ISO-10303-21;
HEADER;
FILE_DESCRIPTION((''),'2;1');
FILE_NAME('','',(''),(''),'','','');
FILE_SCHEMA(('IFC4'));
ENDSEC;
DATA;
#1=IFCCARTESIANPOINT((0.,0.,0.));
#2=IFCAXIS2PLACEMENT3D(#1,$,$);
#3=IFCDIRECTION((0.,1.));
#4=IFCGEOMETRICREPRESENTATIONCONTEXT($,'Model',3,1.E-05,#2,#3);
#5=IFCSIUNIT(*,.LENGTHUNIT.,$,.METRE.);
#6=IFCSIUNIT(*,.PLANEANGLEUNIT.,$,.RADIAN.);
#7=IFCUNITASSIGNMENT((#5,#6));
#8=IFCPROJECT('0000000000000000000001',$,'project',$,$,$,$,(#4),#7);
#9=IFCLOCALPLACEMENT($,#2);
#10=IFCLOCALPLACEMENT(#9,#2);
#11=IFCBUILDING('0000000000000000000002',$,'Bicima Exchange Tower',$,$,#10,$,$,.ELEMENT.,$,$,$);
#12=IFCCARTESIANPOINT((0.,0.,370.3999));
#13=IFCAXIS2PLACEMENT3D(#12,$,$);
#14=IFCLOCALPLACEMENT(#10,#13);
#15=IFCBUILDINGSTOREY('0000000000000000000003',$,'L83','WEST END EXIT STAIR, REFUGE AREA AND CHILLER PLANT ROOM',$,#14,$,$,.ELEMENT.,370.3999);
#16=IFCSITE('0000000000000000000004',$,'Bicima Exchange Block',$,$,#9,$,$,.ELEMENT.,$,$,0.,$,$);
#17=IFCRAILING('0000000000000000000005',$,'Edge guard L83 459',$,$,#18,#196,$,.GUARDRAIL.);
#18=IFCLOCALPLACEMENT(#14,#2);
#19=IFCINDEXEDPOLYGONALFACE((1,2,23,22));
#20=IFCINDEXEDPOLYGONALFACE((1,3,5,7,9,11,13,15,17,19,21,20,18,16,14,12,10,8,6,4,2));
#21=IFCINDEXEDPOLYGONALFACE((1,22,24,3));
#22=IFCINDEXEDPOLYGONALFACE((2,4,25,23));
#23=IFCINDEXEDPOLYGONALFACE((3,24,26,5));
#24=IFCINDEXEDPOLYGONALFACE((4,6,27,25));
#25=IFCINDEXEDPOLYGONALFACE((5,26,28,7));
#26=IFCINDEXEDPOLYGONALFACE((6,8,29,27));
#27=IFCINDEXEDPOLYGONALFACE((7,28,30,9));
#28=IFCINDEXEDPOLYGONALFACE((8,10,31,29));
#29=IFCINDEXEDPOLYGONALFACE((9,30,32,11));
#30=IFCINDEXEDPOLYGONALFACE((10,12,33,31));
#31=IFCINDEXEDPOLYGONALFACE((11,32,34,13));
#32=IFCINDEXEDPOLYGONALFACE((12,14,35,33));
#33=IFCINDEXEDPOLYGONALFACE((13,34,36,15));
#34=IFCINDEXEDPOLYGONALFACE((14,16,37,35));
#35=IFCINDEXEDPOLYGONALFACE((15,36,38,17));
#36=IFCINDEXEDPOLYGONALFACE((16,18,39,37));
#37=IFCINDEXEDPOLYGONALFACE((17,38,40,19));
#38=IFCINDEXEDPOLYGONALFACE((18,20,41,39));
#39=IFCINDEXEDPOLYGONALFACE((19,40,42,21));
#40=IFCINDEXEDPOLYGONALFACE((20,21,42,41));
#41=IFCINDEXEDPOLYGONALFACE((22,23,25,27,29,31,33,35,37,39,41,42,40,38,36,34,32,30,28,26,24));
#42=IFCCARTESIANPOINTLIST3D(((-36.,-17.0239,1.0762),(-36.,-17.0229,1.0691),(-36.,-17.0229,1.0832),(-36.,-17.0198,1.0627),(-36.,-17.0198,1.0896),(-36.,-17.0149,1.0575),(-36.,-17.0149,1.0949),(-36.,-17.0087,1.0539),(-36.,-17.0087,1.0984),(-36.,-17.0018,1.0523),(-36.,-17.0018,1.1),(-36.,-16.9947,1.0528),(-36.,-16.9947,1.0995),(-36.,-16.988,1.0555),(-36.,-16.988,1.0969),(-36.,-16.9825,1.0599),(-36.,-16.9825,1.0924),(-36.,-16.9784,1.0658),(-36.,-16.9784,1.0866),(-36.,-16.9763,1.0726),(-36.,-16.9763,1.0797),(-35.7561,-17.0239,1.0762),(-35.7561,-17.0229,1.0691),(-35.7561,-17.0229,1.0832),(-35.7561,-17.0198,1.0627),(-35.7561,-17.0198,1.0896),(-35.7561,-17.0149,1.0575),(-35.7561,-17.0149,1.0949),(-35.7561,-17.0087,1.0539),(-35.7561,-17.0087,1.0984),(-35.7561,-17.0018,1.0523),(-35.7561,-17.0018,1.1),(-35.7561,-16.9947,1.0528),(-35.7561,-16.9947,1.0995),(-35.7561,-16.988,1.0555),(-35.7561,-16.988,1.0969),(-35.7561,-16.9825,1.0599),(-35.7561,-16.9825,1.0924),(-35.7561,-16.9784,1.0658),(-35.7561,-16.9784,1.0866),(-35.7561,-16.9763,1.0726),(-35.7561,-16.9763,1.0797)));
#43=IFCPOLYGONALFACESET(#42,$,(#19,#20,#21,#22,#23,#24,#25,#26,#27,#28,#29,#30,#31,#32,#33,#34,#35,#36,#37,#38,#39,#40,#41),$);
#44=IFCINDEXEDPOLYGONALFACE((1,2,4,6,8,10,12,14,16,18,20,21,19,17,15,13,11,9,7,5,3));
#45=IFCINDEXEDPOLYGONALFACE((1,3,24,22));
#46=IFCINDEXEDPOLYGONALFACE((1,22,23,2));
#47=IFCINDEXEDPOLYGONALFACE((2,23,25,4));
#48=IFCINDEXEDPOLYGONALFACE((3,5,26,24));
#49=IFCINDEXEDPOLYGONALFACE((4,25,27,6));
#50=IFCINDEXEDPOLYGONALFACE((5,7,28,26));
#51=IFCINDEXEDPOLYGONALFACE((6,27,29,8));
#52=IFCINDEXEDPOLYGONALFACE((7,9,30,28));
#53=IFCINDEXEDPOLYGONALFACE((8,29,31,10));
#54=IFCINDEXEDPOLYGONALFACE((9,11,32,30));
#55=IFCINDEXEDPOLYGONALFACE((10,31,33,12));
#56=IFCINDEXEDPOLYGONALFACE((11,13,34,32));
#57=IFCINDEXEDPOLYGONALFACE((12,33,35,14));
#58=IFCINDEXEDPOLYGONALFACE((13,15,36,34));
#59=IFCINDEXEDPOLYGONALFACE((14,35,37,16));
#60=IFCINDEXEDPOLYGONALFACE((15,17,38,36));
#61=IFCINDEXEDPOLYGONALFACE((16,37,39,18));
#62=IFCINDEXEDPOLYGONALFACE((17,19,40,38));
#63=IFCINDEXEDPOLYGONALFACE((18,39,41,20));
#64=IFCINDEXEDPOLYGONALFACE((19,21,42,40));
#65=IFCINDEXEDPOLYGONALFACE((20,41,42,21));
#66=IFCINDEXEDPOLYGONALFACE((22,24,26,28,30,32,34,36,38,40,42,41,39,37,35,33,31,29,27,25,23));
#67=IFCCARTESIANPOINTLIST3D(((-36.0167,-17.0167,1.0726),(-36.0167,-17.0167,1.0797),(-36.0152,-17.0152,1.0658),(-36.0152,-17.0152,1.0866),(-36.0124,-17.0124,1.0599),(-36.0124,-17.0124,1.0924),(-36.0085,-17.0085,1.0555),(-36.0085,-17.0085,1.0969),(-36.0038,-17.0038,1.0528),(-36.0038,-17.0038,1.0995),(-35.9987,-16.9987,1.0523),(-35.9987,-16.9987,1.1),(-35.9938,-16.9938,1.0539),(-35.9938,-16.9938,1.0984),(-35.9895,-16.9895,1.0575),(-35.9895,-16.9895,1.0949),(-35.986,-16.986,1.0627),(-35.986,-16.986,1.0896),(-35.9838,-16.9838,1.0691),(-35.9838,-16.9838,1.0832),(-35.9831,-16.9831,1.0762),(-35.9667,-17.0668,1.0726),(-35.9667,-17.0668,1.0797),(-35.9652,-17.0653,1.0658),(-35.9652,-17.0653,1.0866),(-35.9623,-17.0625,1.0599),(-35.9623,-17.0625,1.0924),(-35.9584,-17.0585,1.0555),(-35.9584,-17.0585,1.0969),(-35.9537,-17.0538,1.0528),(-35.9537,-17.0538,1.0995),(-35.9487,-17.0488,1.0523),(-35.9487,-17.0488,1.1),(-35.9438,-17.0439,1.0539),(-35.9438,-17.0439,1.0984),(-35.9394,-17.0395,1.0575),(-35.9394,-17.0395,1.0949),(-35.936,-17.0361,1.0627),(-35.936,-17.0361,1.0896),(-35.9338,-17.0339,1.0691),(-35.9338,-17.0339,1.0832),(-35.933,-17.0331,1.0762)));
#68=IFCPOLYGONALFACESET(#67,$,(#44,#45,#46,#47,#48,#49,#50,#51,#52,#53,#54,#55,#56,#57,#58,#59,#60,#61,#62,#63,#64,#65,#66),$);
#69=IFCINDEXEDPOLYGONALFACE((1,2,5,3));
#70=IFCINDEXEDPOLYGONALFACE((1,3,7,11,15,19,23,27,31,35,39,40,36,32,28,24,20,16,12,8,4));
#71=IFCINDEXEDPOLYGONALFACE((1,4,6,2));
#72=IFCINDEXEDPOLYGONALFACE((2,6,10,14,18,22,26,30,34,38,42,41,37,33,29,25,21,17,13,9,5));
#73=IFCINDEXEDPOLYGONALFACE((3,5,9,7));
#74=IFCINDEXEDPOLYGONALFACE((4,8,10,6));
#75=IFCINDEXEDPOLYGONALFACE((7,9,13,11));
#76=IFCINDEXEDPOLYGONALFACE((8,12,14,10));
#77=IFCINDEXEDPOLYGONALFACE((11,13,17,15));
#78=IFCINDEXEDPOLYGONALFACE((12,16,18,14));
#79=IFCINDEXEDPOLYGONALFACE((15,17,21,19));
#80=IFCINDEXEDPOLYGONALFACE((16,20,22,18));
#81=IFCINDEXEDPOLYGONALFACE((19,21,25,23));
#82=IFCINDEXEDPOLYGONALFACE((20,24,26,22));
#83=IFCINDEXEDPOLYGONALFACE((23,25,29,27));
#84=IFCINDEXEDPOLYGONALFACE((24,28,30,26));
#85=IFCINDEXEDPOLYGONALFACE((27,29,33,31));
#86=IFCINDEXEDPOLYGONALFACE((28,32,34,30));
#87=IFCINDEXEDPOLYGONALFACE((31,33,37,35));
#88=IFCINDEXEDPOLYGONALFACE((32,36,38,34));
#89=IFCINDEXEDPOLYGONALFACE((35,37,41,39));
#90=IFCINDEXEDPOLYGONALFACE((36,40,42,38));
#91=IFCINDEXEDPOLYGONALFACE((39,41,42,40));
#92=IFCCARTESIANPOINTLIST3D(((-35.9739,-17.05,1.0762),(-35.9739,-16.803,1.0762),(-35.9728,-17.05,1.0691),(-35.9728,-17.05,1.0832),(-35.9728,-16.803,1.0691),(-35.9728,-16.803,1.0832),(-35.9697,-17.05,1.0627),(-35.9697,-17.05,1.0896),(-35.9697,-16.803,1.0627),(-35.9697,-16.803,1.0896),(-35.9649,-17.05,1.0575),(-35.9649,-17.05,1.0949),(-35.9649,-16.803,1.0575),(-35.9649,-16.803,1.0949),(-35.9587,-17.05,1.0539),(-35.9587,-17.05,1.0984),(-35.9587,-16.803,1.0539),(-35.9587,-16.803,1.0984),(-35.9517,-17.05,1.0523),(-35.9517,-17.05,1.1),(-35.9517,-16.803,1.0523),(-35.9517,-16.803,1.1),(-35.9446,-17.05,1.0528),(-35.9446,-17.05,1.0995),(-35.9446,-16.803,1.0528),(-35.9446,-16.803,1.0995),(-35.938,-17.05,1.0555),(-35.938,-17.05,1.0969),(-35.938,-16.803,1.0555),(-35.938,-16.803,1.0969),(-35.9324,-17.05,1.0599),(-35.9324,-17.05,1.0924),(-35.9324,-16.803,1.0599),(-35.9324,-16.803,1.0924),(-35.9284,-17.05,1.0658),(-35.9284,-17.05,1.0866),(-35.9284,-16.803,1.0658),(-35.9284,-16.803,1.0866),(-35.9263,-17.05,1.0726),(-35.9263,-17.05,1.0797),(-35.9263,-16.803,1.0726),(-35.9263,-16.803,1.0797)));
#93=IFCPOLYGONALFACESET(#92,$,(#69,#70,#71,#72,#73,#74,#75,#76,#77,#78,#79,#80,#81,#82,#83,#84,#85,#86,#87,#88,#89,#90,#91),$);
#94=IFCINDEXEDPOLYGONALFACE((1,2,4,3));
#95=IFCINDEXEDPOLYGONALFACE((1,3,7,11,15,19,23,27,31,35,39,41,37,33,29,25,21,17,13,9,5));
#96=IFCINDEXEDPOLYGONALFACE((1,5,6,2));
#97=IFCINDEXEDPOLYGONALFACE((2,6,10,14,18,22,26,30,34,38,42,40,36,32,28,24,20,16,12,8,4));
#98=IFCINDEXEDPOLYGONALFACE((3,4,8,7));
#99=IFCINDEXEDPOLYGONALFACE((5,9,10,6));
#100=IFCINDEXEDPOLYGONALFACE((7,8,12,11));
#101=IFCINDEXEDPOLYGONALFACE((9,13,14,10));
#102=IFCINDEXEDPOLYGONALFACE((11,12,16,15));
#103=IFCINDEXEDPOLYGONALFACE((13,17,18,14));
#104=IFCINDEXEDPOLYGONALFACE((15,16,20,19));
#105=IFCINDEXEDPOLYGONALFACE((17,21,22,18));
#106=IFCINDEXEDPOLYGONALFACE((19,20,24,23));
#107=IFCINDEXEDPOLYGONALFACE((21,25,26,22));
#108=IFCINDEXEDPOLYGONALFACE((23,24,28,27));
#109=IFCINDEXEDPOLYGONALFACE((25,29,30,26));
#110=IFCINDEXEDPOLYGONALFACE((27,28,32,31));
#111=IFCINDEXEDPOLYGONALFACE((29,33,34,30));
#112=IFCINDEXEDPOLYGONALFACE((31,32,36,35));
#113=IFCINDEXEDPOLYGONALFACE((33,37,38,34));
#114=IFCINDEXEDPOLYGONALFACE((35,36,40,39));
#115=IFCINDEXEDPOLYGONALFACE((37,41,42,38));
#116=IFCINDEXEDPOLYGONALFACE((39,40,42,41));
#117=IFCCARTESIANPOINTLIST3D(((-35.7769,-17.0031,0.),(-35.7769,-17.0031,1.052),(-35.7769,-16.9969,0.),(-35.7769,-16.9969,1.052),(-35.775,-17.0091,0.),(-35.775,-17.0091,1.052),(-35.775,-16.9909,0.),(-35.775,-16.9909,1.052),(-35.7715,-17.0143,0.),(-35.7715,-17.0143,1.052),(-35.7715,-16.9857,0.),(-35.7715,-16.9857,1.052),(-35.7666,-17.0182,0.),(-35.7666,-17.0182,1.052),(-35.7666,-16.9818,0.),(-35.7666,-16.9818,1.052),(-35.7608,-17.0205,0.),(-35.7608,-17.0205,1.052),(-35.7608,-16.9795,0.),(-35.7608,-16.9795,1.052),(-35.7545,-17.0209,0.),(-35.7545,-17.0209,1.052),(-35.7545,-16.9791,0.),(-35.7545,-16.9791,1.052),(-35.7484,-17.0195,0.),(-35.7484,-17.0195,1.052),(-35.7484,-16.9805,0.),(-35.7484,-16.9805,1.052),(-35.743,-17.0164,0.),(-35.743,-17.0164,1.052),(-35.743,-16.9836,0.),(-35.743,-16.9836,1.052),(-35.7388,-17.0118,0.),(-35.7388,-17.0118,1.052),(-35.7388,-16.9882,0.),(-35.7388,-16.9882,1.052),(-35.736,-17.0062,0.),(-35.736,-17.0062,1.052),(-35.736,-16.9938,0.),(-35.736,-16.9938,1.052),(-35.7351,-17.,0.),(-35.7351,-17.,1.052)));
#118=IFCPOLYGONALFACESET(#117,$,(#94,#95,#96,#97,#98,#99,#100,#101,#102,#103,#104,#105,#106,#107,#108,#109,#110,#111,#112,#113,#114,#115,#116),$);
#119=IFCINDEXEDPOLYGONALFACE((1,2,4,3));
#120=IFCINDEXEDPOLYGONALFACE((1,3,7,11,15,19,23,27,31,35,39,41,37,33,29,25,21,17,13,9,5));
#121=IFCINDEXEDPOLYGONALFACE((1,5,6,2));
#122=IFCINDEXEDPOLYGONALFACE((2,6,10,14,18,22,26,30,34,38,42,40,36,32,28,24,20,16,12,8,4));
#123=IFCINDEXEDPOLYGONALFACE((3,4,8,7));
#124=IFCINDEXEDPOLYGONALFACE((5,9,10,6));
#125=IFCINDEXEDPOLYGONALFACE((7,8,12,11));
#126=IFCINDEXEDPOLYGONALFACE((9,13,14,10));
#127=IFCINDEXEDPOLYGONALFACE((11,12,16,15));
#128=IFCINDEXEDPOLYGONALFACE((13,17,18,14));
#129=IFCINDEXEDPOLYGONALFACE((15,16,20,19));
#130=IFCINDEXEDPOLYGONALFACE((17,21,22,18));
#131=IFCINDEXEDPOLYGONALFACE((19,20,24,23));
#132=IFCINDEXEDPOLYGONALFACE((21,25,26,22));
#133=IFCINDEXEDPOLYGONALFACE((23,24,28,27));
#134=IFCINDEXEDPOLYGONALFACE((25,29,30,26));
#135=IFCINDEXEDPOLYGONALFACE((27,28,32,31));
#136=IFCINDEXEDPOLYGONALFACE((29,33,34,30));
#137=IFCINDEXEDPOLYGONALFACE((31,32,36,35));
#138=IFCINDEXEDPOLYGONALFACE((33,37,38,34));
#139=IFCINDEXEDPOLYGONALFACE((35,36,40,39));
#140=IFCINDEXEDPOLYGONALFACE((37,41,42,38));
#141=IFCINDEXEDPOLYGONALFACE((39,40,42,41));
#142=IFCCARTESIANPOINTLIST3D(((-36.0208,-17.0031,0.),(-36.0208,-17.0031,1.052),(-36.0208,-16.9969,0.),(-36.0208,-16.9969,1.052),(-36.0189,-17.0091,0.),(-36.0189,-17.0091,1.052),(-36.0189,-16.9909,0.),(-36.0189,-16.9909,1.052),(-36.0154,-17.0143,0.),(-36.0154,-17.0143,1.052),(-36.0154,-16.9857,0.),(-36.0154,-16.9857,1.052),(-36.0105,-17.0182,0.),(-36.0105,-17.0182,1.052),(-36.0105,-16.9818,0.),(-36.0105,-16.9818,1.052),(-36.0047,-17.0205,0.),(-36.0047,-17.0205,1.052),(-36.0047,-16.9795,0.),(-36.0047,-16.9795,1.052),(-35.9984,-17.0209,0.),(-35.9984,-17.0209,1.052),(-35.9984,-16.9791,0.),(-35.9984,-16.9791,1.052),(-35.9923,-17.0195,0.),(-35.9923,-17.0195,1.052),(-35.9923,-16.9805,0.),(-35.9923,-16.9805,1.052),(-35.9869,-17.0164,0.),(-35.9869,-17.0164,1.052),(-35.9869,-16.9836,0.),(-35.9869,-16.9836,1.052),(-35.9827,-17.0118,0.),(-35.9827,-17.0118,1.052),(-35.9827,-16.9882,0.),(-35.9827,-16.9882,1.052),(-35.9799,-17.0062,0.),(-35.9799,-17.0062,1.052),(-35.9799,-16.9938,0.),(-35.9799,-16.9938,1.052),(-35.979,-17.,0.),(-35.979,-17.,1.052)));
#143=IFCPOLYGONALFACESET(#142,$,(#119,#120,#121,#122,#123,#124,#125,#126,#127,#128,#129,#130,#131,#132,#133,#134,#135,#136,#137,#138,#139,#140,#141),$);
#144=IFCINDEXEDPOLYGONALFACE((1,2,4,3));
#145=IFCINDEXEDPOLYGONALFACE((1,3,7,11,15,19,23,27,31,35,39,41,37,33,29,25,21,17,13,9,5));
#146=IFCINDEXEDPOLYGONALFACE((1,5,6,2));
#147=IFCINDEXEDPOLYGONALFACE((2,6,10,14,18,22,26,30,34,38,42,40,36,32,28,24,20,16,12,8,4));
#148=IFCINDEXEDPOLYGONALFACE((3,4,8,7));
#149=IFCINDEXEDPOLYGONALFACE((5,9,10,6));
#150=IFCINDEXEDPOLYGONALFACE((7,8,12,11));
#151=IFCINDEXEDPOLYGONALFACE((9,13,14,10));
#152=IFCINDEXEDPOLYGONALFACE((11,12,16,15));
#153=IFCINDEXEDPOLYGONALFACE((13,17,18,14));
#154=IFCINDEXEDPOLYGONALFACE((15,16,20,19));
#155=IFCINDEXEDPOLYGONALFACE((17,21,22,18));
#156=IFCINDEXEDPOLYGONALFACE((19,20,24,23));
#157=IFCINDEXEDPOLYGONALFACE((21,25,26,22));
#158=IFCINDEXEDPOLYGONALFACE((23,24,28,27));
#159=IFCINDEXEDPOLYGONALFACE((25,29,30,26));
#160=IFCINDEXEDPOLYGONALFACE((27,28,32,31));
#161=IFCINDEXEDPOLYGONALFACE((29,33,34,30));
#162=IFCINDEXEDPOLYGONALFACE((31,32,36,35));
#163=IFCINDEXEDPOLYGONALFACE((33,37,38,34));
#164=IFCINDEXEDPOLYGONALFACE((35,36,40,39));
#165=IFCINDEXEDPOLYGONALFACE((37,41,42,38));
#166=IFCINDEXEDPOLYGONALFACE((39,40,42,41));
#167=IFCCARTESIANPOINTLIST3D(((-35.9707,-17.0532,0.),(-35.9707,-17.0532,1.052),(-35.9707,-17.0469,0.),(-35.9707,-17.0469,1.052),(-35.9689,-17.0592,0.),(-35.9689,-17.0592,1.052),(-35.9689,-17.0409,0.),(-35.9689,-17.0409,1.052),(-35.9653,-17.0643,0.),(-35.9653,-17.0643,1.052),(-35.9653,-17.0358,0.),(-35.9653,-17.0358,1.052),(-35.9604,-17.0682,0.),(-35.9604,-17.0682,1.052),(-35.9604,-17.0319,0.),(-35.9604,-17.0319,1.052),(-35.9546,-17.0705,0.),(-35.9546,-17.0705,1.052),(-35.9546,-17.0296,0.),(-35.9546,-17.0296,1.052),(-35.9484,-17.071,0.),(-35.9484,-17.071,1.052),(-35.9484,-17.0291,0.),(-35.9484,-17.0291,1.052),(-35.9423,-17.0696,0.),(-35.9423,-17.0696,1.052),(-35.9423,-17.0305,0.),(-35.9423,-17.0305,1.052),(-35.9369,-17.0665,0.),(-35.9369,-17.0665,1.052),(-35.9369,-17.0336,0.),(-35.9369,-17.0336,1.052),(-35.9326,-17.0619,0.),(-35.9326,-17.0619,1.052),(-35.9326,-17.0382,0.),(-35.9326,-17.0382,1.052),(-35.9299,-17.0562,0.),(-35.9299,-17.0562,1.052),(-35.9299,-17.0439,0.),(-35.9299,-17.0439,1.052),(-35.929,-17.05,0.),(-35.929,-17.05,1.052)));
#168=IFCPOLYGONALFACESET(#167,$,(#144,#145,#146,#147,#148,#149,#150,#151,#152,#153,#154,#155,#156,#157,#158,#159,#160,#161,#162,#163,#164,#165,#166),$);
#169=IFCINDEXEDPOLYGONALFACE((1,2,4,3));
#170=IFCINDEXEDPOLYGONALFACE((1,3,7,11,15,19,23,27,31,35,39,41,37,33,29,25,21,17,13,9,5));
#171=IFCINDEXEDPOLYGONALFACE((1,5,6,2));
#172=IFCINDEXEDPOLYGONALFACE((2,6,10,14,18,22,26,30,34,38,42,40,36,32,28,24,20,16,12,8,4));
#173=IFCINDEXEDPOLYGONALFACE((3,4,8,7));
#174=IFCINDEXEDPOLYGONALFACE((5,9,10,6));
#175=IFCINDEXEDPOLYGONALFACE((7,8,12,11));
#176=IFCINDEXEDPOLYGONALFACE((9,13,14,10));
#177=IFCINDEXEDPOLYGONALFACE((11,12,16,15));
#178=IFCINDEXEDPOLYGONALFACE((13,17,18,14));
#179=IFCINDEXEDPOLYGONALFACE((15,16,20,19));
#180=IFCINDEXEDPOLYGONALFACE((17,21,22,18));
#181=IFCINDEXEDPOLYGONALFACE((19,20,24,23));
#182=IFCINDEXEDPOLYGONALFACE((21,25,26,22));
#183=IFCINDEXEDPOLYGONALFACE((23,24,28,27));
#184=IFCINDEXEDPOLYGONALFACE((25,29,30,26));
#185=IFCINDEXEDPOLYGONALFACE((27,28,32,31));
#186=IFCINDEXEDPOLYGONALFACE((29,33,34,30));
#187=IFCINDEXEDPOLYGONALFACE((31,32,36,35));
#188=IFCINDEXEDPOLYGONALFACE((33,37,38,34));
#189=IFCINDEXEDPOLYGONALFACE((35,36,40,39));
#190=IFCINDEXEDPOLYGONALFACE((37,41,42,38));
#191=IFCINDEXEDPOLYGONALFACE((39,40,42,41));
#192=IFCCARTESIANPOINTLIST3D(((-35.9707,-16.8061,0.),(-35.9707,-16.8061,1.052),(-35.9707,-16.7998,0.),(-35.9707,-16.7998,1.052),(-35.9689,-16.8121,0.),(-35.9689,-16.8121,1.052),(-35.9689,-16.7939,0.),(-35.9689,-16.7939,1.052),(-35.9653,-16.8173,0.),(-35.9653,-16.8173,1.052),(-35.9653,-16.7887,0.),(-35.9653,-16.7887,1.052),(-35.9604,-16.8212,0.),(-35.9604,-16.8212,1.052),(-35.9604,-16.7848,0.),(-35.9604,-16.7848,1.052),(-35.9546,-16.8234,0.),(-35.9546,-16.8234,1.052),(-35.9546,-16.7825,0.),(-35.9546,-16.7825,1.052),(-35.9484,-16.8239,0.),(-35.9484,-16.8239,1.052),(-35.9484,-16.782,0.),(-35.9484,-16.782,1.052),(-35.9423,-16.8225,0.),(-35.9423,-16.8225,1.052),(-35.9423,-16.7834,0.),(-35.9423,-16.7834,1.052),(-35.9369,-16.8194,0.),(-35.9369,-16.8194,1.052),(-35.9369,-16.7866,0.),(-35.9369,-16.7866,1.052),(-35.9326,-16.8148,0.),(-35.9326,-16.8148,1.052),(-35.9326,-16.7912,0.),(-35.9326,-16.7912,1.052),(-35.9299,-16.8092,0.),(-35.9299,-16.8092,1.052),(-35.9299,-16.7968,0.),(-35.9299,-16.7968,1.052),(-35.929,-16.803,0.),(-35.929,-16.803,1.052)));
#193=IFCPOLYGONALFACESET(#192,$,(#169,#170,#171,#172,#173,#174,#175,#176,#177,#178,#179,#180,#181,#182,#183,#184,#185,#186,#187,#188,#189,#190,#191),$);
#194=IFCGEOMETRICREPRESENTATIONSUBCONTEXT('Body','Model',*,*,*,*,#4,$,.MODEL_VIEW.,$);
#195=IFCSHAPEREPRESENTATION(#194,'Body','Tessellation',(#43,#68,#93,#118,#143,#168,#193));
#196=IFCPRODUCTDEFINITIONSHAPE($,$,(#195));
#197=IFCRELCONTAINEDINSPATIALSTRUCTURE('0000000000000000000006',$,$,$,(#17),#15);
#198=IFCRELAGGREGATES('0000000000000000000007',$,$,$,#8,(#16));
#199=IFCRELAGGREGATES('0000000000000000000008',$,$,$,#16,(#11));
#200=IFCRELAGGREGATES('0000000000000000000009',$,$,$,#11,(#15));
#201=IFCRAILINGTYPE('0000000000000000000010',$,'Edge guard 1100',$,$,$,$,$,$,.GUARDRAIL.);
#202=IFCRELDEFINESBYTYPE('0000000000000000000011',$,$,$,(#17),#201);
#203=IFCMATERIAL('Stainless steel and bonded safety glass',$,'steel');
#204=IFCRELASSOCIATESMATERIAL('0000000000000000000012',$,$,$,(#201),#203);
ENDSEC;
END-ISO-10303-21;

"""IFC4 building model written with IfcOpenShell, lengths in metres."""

from ifc_helpers import new_model, si_unit, direction, frame, origin, origin_2d, place, context, subcontext, project, spatial, circle, extrude, material, type_object, element, save


model = new_model("IFC4")

# Units and contexts
model_context = context("Model", 3, precision=1e-05, world=origin(), true_north=direction((0.0, 1.0)))
body_context = subcontext(model_context, "Body", "Model", "MODEL_VIEW")
ifc_project = project(units=[si_unit("LENGTHUNIT", "METRE"), si_unit("PLANEANGLEUNIT", "RADIAN")], contexts=[model_context])

# Site, building, storey
site_placement = place(None, origin())
site = spatial("IfcSite", under=ifc_project, at=site_placement, Name="Bicima Exchange Block", CompositionType="ELEMENT", RefElevation=0.0)
building_placement = place(site_placement, origin())
building = spatial("IfcBuilding", under=site, at=building_placement, Name="Bicima Exchange Tower", CompositionType="ELEMENT")
storey_placement = place(building_placement, frame((0.0, 0.0, 370.3999)))
storey = spatial("IfcBuildingStorey", under=building, at=storey_placement, Name="L83", Description="WEST END EXIT STAIR, REFUGE AREA AND CHILLER PLANT ROOM", CompositionType="ELEMENT", Elevation=370.3999)

# Railing
ifc_material_1 = material(Name="Stainless steel and bonded safety glass", Category="steel")
railing_type = type_object("IfcRailingType", Name="Edge guard 1100", PredefinedType="GUARDRAIL", material=ifc_material_1)
railing_1_placement = place(storey_placement, frame((-35.7561, -17.0, 0.0)))
element("IfcRailing", 1, at=railing_1_placement, inside=storey, type_object=railing_type, Name="Edge guard L83 459", PredefinedType="GUARDRAIL", context=body_context, shape_type="SweptSolid", body=[
    extrude(circle(Radius=0.0239, at=origin_2d()), frame((0.0, 0.0, 1.0762), z_axis=(-1.0, 0.0, 0.0), x_axis=(0.0, -1.0, 0.0)), (0.0, 0.0, 1.0), 0.2439),
    extrude(circle(Radius=0.0239, at=origin_2d()), frame((-0.2439, 0.0, 1.0762), z_axis=(0.707107, -0.707107, 0.0), x_axis=(0.707107, 0.707107, 0.0)), (0.0, 0.0, 1.0), 0.0708),
    extrude(circle(Radius=0.0239, at=origin_2d()), frame((-0.1938, -0.05, 1.0762), z_axis=(0.0, 1.0, 0.0), x_axis=(-1.0, 0.0, 0.0)), (0.0, 0.0, 1.0), 0.2471),
    extrude(circle(Radius=0.021, at=origin_2d()), origin(), (0.0, 0.0, 1.0), 1.052),
    extrude(circle(Radius=0.021, at=origin_2d()), frame((-0.2439, 0.0, 0.0)), (0.0, 0.0, 1.0), 1.052),
    extrude(circle(Radius=0.021, at=origin_2d()), frame((-0.1938, -0.05, 0.0)), (0.0, 0.0, 1.0), 1.052),
    extrude(circle(Radius=0.021, at=origin_2d()), frame((-0.1938, 0.197, 0.0)), (0.0, 0.0, 1.0), 1.052),
])

save(model, "model.ifc")
